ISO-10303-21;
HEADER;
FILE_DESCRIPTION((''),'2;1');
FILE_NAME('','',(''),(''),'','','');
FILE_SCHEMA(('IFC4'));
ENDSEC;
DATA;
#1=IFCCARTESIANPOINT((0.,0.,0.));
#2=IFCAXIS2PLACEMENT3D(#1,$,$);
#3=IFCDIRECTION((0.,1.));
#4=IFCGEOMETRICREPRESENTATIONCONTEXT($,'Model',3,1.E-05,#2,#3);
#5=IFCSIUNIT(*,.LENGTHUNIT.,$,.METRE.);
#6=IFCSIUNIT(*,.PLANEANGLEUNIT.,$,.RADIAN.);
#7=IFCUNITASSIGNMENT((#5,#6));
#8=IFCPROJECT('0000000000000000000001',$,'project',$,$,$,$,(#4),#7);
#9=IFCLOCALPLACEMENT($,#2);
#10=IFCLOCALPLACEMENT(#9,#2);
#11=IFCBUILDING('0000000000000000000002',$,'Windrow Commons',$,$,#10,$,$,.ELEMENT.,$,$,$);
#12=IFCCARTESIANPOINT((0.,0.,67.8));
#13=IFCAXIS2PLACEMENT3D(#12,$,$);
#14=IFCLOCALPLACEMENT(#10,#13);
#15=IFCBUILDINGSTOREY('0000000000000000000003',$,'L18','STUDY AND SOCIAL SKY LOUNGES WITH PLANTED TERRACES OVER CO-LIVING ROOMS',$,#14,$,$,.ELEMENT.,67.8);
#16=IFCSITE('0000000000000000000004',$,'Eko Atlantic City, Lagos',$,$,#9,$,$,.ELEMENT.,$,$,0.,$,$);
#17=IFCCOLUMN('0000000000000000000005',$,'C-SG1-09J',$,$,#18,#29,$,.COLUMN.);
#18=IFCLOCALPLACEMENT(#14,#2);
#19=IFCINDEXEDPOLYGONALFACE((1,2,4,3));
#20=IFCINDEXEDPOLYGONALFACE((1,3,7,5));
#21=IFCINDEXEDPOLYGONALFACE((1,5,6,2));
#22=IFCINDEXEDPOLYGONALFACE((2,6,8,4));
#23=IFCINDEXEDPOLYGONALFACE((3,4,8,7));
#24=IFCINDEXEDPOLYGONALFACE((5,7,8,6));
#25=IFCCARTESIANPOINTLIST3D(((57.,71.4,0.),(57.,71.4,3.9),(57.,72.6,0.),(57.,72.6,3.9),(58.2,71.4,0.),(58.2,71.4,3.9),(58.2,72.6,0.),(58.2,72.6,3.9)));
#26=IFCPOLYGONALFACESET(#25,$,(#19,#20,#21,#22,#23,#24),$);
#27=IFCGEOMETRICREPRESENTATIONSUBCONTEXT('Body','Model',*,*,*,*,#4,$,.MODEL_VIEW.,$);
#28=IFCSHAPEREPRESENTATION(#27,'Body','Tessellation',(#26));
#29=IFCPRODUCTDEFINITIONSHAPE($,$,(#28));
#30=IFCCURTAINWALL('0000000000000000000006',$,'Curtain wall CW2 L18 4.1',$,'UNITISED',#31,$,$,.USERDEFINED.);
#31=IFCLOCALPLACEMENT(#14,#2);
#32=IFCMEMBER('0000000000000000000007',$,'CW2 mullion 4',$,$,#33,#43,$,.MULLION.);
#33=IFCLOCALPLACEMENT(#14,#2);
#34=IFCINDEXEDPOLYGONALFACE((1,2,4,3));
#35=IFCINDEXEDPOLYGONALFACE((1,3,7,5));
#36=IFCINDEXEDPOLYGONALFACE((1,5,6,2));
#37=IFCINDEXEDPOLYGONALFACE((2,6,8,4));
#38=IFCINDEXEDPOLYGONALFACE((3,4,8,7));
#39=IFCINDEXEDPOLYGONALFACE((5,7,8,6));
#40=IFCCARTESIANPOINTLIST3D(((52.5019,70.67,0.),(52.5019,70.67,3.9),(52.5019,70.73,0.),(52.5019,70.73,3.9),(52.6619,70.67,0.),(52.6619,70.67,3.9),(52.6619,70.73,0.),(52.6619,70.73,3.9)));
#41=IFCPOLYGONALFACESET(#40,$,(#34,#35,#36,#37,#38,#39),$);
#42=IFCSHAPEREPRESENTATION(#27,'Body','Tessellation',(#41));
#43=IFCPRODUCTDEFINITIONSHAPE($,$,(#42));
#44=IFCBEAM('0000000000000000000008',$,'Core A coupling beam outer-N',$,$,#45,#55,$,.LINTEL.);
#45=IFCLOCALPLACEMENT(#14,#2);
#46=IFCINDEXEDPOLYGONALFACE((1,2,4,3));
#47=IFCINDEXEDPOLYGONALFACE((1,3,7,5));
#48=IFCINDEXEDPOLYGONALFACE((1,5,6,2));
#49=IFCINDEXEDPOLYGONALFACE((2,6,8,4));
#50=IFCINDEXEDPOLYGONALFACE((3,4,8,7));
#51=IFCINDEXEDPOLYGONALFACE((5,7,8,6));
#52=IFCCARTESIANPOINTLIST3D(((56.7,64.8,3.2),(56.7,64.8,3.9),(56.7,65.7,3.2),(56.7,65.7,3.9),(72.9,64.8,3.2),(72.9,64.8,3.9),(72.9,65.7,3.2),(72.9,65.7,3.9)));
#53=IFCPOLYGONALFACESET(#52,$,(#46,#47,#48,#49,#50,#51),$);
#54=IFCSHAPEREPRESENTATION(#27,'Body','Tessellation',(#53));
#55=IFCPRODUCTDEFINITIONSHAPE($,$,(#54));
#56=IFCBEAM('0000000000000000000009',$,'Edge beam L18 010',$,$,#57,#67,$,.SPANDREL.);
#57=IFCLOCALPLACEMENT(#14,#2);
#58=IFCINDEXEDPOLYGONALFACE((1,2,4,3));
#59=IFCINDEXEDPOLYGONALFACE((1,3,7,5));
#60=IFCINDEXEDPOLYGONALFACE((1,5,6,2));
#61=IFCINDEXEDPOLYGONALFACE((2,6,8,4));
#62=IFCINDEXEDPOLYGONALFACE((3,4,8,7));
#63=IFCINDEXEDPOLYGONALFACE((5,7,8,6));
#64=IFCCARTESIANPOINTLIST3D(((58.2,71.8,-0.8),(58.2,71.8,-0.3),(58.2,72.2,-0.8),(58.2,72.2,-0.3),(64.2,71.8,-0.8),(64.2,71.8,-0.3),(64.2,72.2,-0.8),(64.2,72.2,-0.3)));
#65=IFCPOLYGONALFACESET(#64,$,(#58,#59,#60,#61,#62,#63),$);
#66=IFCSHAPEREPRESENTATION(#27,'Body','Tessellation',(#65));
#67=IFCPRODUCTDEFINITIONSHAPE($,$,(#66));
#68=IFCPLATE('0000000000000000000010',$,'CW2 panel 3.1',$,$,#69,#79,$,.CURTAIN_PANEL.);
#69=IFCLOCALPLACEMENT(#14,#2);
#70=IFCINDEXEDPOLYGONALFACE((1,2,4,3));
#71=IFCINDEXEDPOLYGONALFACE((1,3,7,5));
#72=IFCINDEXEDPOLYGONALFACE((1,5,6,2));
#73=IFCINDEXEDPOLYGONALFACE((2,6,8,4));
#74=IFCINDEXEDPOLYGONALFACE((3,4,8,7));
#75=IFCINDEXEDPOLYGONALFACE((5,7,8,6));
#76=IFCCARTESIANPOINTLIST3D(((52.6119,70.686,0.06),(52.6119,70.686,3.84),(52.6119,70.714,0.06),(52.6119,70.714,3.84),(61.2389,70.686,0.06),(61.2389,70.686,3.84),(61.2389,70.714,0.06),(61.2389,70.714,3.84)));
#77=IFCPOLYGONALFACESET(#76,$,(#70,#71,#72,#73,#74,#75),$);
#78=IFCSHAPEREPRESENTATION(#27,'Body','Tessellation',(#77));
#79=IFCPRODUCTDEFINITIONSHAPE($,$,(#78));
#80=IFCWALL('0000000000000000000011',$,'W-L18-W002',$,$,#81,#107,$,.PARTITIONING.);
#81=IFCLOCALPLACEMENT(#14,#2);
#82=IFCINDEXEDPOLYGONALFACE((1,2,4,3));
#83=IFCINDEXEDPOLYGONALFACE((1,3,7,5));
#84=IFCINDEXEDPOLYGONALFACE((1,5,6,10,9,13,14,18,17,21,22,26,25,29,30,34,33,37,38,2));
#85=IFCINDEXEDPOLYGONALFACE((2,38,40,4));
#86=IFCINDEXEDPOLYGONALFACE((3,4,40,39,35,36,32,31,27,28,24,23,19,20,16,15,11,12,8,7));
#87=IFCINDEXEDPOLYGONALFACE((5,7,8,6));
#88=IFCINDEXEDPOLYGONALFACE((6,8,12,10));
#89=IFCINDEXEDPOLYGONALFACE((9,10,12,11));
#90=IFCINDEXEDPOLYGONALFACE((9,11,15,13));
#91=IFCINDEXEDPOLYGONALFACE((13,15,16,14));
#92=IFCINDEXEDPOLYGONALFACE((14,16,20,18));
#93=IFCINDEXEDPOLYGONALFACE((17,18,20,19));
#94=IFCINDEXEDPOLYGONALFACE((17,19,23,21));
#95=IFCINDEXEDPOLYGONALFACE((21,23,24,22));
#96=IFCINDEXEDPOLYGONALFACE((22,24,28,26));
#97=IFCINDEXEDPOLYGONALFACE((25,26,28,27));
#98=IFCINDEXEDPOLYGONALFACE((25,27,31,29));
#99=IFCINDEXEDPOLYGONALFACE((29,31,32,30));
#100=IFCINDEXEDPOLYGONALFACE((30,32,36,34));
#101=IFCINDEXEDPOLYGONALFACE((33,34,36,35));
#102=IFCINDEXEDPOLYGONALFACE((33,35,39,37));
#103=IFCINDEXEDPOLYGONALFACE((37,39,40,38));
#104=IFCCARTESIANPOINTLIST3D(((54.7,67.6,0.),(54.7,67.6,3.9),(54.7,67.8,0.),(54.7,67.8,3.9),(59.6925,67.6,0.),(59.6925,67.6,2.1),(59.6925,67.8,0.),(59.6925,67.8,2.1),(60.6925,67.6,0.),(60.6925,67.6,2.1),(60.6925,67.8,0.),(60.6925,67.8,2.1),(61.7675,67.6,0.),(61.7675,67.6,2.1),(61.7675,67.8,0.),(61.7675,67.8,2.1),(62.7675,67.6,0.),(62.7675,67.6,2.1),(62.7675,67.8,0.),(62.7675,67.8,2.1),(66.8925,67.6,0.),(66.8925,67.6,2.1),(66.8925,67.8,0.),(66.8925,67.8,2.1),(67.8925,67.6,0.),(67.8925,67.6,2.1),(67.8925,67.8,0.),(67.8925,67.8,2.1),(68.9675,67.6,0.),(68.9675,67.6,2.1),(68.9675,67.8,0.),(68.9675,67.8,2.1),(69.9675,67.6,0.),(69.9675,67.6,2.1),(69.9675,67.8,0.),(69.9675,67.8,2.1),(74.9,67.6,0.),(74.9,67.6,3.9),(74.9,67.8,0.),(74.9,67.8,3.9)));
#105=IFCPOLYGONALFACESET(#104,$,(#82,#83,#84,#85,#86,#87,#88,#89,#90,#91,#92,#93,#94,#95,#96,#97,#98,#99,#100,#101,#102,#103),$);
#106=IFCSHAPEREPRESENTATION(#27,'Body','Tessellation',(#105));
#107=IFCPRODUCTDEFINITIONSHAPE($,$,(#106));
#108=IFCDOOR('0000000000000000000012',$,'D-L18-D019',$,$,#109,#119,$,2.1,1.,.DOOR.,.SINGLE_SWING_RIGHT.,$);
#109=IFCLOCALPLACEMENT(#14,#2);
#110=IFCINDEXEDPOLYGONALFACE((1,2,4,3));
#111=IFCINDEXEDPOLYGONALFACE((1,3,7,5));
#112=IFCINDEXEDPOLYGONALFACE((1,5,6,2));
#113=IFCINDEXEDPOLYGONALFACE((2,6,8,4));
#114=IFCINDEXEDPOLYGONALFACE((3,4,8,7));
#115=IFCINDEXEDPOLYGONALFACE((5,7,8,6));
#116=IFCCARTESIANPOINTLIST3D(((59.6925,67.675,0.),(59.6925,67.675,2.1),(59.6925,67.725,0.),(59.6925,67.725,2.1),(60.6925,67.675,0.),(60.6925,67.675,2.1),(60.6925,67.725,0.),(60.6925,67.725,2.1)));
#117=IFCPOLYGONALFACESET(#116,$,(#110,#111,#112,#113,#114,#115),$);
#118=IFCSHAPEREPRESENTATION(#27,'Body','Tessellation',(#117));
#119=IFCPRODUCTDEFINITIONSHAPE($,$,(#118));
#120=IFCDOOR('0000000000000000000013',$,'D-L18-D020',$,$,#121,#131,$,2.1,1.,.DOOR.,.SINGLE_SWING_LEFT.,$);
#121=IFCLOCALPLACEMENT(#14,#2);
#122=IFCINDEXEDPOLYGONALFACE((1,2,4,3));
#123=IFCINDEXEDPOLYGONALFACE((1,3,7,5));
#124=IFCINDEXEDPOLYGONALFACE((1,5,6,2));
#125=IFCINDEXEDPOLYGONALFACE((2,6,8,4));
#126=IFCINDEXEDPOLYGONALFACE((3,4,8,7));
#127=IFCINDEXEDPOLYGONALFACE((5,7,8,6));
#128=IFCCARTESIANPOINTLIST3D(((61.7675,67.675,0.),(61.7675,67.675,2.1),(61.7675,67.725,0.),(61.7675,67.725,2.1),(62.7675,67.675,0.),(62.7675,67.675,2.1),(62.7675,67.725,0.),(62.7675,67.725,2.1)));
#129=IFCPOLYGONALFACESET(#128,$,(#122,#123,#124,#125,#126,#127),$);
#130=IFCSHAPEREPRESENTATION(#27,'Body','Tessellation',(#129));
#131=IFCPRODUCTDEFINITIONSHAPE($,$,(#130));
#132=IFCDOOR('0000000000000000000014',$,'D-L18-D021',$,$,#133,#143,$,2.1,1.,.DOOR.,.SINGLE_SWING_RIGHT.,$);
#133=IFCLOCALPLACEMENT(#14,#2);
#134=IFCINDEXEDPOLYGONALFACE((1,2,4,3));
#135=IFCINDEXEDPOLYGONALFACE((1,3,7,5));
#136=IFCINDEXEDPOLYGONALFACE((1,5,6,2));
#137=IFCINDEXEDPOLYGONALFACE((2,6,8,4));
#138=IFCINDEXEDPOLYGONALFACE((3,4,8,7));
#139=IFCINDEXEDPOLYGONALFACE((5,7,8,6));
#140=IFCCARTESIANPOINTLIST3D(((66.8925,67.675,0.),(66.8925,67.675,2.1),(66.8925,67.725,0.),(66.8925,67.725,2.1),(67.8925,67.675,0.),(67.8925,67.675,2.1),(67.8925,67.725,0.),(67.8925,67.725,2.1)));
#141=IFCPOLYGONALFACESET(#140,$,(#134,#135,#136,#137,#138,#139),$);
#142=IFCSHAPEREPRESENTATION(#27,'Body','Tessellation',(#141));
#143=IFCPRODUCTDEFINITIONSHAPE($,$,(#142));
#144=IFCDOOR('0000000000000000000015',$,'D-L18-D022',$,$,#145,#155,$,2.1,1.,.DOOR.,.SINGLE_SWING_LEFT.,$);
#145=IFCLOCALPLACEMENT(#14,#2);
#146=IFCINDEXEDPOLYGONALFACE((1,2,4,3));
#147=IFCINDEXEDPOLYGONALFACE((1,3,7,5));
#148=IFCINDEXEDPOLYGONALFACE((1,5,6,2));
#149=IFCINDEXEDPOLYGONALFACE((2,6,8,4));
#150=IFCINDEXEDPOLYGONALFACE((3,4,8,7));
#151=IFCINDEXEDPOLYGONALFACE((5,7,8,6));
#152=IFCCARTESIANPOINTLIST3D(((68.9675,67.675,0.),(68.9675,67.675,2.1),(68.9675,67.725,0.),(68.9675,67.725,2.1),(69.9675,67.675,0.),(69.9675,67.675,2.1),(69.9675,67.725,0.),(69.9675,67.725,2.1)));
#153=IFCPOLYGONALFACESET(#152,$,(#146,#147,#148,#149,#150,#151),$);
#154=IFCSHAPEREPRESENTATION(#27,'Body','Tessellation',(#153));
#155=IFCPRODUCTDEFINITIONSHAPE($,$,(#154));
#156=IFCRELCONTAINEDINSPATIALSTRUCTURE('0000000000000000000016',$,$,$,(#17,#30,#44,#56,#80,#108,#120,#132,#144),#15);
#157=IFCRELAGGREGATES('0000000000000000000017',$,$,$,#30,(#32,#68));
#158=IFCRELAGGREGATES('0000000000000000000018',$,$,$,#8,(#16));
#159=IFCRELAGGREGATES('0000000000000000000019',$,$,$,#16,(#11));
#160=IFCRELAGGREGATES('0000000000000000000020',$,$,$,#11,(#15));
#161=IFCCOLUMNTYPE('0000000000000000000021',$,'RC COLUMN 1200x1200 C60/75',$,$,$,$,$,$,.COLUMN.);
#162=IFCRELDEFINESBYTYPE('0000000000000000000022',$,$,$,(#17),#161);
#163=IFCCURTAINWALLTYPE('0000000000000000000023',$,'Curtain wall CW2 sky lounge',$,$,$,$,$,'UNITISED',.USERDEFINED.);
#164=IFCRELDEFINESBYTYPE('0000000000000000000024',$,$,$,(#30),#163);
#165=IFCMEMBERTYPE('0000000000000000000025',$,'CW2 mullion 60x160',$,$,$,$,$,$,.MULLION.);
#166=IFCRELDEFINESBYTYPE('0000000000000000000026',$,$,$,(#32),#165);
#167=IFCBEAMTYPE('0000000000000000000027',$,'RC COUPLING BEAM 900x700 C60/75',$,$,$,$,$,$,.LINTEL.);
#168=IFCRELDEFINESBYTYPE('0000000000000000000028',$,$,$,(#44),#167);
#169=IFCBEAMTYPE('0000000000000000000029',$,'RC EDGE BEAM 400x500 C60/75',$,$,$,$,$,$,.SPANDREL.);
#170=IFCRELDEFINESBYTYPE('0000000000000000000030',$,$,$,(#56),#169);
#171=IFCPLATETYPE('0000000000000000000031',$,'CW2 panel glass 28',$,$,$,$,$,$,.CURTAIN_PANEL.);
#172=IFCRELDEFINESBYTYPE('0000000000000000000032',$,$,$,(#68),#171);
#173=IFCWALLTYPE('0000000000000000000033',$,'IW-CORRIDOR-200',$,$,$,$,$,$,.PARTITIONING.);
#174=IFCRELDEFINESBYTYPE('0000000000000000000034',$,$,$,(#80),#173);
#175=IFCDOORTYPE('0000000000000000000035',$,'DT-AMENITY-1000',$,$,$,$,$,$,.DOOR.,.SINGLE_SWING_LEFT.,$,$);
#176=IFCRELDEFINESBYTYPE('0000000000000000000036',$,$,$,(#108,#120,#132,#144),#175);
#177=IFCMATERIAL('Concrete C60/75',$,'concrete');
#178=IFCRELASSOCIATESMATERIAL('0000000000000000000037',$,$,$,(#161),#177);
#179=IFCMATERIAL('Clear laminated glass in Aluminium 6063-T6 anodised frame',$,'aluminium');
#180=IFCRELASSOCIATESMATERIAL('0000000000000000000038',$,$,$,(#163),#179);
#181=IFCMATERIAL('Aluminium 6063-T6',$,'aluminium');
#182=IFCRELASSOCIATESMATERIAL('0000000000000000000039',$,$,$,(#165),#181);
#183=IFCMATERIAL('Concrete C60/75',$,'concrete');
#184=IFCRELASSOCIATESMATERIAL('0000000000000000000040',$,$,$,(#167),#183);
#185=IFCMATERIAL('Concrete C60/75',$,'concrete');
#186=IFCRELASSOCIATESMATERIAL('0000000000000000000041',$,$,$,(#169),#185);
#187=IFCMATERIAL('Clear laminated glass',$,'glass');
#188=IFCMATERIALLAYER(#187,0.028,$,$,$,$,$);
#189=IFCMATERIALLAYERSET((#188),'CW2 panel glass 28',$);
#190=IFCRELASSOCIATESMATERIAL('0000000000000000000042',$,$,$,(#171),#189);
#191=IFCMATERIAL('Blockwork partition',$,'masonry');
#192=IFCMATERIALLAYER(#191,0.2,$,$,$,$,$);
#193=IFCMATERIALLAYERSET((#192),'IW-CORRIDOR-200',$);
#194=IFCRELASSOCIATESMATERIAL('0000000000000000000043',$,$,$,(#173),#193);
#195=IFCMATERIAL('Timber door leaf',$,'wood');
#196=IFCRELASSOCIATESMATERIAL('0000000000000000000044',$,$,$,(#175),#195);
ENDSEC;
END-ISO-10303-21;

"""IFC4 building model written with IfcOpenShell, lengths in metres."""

from ifc_helpers import new_model, si_unit, direction, frame, frame_2d, origin, origin_2d, place, context, subcontext, project, spatial, rectangle, extrude, material, layer, layer_set, material_profile, profile_set, type_object, element, fill, aggregate, save


model = new_model("IFC4")

# Units and contexts
model_context = context("Model", 3, precision=1e-05, world=origin(), true_north=direction((0.0, 1.0)))
body_context = subcontext(model_context, "Body", "Model", "MODEL_VIEW")
ifc_project = project(units=[si_unit("LENGTHUNIT", "METRE"), si_unit("PLANEANGLEUNIT", "RADIAN")], contexts=[model_context])

# Site, building, storey
site_placement = place(None, origin())
site = spatial("IfcSite", under=ifc_project, at=site_placement, Name="Eko Atlantic City, Lagos", CompositionType="ELEMENT", RefElevation=0.0)
building_placement = place(site_placement, origin())
building = spatial("IfcBuilding", under=site, at=building_placement, Name="Windrow Commons", CompositionType="ELEMENT")
storey_placement = place(building_placement, frame((0.0, 0.0, 67.8)))
storey = spatial("IfcBuildingStorey", under=building, at=storey_placement, Name="L18", Description="STUDY AND SOCIAL SKY LOUNGES WITH PLANTED TERRACES OVER CO-LIVING ROOMS", CompositionType="ELEMENT", Elevation=67.8)

# Column
ifc_material_1 = material(Name="Concrete C60/75", Category="concrete")
ifc_material_profile_1 = material_profile(ifc_material_1, rectangle(XDim=1.2, YDim=1.2, at=origin_2d()))
ifc_profile_set_1 = profile_set([ifc_material_profile_1], Name="Concrete C60/75")
column_type = type_object("IfcColumnType", Name="RC COLUMN 1200x1200 C60/75", PredefinedType="COLUMN", material=ifc_profile_set_1)
column_placement = place(storey_placement, frame((57.6, 72.0, 0.0), z_axis=(0.0, 0.0, 1.0), x_axis=(1.0, 0.0, 0.0)))
element("IfcColumn", 1, at=column_placement, inside=storey, type_object=column_type, Name="C-SG1-09J", PredefinedType="COLUMN", context=body_context, shape_type="SweptSolid", body=[
    extrude(rectangle(XDim=1.2, YDim=1.2, at=origin_2d()), origin(), (0.0, 0.0, 1.0), 3.9),
])

# Curtain wall, member
ifc_material_2 = material(Name="Clear laminated glass in Aluminium 6063-T6 anodised frame", Category="aluminium")
curtain_wall_type = type_object("IfcCurtainWallType", Name="Curtain wall CW2 sky lounge", ElementType="UNITISED", PredefinedType="USERDEFINED", material=ifc_material_2)
curtain_wall_placement = place(storey_placement, origin())
curtain_wall = element("IfcCurtainWall", 2, at=curtain_wall_placement, inside=storey, type_object=curtain_wall_type, Name="Curtain wall CW2 L18 4.1", ObjectType="UNITISED", PredefinedType="USERDEFINED")
ifc_material_3 = material(Name="Aluminium 6063-T6", Category="aluminium")
ifc_material_profile_2 = material_profile(ifc_material_3, rectangle(XDim=0.06, YDim=0.16, at=origin_2d()))
ifc_profile_set_2 = profile_set([ifc_material_profile_2], Name="Aluminium 6063-T6")
member_type = type_object("IfcMemberType", Name="CW2 mullion 60x160", PredefinedType="MULLION", material=ifc_profile_set_2)
member_placement = place(storey_placement, frame((52.5819, 70.7, 0.0), z_axis=(0.0, 0.0, 1.0), x_axis=(0.0, -1.0, 0.0)))
member = element("IfcMember", 3, at=member_placement, type_object=member_type, Name="CW2 mullion 4", PredefinedType="MULLION", context=body_context, shape_type="SweptSolid", body=[
    extrude(rectangle(XDim=0.06, YDim=0.16, at=origin_2d()), origin(), (0.0, 0.0, 1.0), 3.9),
])

# Beams
ifc_material_4 = material(Name="Concrete C60/75", Category="concrete")
ifc_material_profile_3 = material_profile(ifc_material_4, rectangle(XDim=0.9, YDim=0.7, at=origin_2d()))
ifc_profile_set_3 = profile_set([ifc_material_profile_3], Name="Concrete C60/75")
beam_type_1 = type_object("IfcBeamType", Name="RC COUPLING BEAM 900x700 C60/75", PredefinedType="LINTEL", material=ifc_profile_set_3)
beam_1_placement = place(storey_placement, frame((56.7, 65.25, 3.55), z_axis=(1.0, 0.0, 0.0), x_axis=(0.0, 1.0, 0.0)))
element("IfcBeam", 4, at=beam_1_placement, inside=storey, type_object=beam_type_1, Name="Core A coupling beam outer-N", PredefinedType="LINTEL", context=body_context, shape_type="SweptSolid", body=[
    extrude(rectangle(XDim=0.9, YDim=0.7, at=origin_2d()), origin(), (0.0, 0.0, 1.0), 16.2),
])
ifc_material_5 = material(Name="Concrete C60/75", Category="concrete")
ifc_material_profile_4 = material_profile(ifc_material_5, rectangle(XDim=0.4, YDim=0.5, at=origin_2d()))
ifc_profile_set_4 = profile_set([ifc_material_profile_4], Name="Concrete C60/75")
beam_type_2 = type_object("IfcBeamType", Name="RC EDGE BEAM 400x500 C60/75", PredefinedType="SPANDREL", material=ifc_profile_set_4)
beam_2_placement = place(storey_placement, frame((58.2, 72.0, -0.55), z_axis=(1.0, 0.0, 0.0), x_axis=(0.0, 1.0, 0.0)))
element("IfcBeam", 5, at=beam_2_placement, inside=storey, type_object=beam_type_2, Name="Edge beam L18 010", PredefinedType="SPANDREL", context=body_context, shape_type="SweptSolid", body=[
    extrude(rectangle(XDim=0.4, YDim=0.5, at=origin_2d()), origin(), (0.0, 0.0, 1.0), 6.0),
])

# Plate
ifc_material_6 = material(Name="Clear laminated glass", Category="glass")
ifc_layer_1 = layer(ifc_material_6, 0.028)
ifc_layer_set_1 = layer_set([ifc_layer_1], Name="CW2 panel glass 28")
plate_type = type_object("IfcPlateType", Name="CW2 panel glass 28", PredefinedType="CURTAIN_PANEL", material=ifc_layer_set_1)
plate_placement = place(storey_placement, frame((56.9254, 70.7, 0.06), z_axis=(0.0, 0.0, 1.0), x_axis=(-1.0, 0.0, 0.0)))
plate = element("IfcPlate", 6, at=plate_placement, type_object=plate_type, Name="CW2 panel 3.1", PredefinedType="CURTAIN_PANEL", context=body_context, shape_type="SweptSolid", body=[
    extrude(rectangle(XDim=8.627, YDim=0.028, at=origin_2d()), origin(), (0.0, 0.0, 1.0), 3.78),
])
aggregate(curtain_wall, [member, plate])

# Wall, openings, doors
ifc_material_7 = material(Name="Blockwork partition", Category="masonry")
ifc_layer_2 = layer(ifc_material_7, 0.2)
ifc_layer_set_2 = layer_set([ifc_layer_2], Name="IW-CORRIDOR-200")
wall_type_1 = type_object("IfcWallType", Name="IW-CORRIDOR-200", PredefinedType="PARTITIONING", material=ifc_layer_set_2)
wall_1_placement = place(storey_placement, frame((54.7, 67.7, 0.0), z_axis=(0.0, 0.0, 1.0), x_axis=(1.0, 0.0, 0.0)))
wall_1 = element("IfcWall", 7, at=wall_1_placement, inside=storey, type_object=wall_type_1, Name="W-L18-W002", PredefinedType="PARTITIONING", context=body_context, shape_type="SweptSolid", body=[
    extrude(rectangle(XDim=20.2, YDim=0.2, at=frame_2d((10.1, 0.0))), origin(), (0.0, 0.0, 1.0), 3.9),
])
opening_1_placement = place(wall_1_placement, frame((4.9925, 0.0, 0.0)))
opening_1 = element("IfcOpeningElement", 8, at=opening_1_placement, cuts=wall_1, PredefinedType="OPENING", context=body_context, shape_type="SweptSolid", body=[
    extrude(rectangle(XDim=1.0, YDim=2.1, at=frame_2d((0.5, 1.05))), frame((0.0, 0.11, 0.0), z_axis=(0.0, -1.0, 0.0), x_axis=(1.0, 0.0, 0.0)), (0.0, 0.0, 1.0), 0.22),
])
opening_2_placement = place(wall_1_placement, frame((7.0675, 0.0, 0.0)))
opening_2 = element("IfcOpeningElement", 9, at=opening_2_placement, cuts=wall_1, PredefinedType="OPENING", context=body_context, shape_type="SweptSolid", body=[
    extrude(rectangle(XDim=1.0, YDim=2.1, at=frame_2d((0.5, 1.05))), frame((0.0, 0.11, 0.0), z_axis=(0.0, -1.0, 0.0), x_axis=(1.0, 0.0, 0.0)), (0.0, 0.0, 1.0), 0.22),
])
opening_3_placement = place(wall_1_placement, frame((12.1925, 0.0, 0.0)))
opening_3 = element("IfcOpeningElement", 10, at=opening_3_placement, cuts=wall_1, PredefinedType="OPENING", context=body_context, shape_type="SweptSolid", body=[
    extrude(rectangle(XDim=1.0, YDim=2.1, at=frame_2d((0.5, 1.05))), frame((0.0, 0.11, 0.0), z_axis=(0.0, -1.0, 0.0), x_axis=(1.0, 0.0, 0.0)), (0.0, 0.0, 1.0), 0.22),
])
opening_4_placement = place(wall_1_placement, frame((14.2675, 0.0, 0.0)))
opening_4 = element("IfcOpeningElement", 11, at=opening_4_placement, cuts=wall_1, PredefinedType="OPENING", context=body_context, shape_type="SweptSolid", body=[
    extrude(rectangle(XDim=1.0, YDim=2.1, at=frame_2d((0.5, 1.05))), frame((0.0, 0.11, 0.0), z_axis=(0.0, -1.0, 0.0), x_axis=(1.0, 0.0, 0.0)), (0.0, 0.0, 1.0), 0.22),
])
ifc_material_8 = material(Name="Timber door leaf", Category="wood")
door_type_1 = type_object("IfcDoorType", Name="DT-AMENITY-1000", OperationType="SINGLE_SWING_LEFT", PredefinedType="DOOR", material=ifc_material_8)
door_1_placement = place(opening_1_placement, origin())
door_1 = element("IfcDoor", 12, at=door_1_placement, inside=storey, type_object=door_type_1, Name="D-L18-D019", OperationType="SINGLE_SWING_RIGHT", OverallHeight=2.1, OverallWidth=1.0, PredefinedType="DOOR", context=body_context, shape_type="SweptSolid", body=[
    extrude(rectangle(XDim=1.0, YDim=2.1, at=frame_2d((0.5, 1.05))), frame((0.0, 0.025, 0.0), z_axis=(0.0, -1.0, 0.0), x_axis=(1.0, 0.0, 0.0)), (0.0, 0.0, 1.0), 0.05),
])
fill(opening_1, door_1)
door_2_placement = place(opening_2_placement, origin())
door_2 = element("IfcDoor", 13, at=door_2_placement, inside=storey, type_object=door_type_1, Name="D-L18-D020", OperationType="SINGLE_SWING_LEFT", OverallHeight=2.1, OverallWidth=1.0, PredefinedType="DOOR", context=body_context, shape_type="SweptSolid", body=[
    extrude(rectangle(XDim=1.0, YDim=2.1, at=frame_2d((0.5, 1.05))), frame((0.0, 0.025, 0.0), z_axis=(0.0, -1.0, 0.0), x_axis=(1.0, 0.0, 0.0)), (0.0, 0.0, 1.0), 0.05),
])
fill(opening_2, door_2)
door_3_placement = place(opening_3_placement, origin())
door_3 = element("IfcDoor", 14, at=door_3_placement, inside=storey, type_object=door_type_1, Name="D-L18-D021", OperationType="SINGLE_SWING_RIGHT", OverallHeight=2.1, OverallWidth=1.0, PredefinedType="DOOR", context=body_context, shape_type="SweptSolid", body=[
    extrude(rectangle(XDim=1.0, YDim=2.1, at=frame_2d((0.5, 1.05))), frame((0.0, 0.025, 0.0), z_axis=(0.0, -1.0, 0.0), x_axis=(1.0, 0.0, 0.0)), (0.0, 0.0, 1.0), 0.05),
])
fill(opening_3, door_3)
door_4_placement = place(opening_4_placement, origin())
door_4 = element("IfcDoor", 15, at=door_4_placement, inside=storey, type_object=door_type_1, Name="D-L18-D022", OperationType="SINGLE_SWING_LEFT", OverallHeight=2.1, OverallWidth=1.0, PredefinedType="DOOR", context=body_context, shape_type="SweptSolid", body=[
    extrude(rectangle(XDim=1.0, YDim=2.1, at=frame_2d((0.5, 1.05))), frame((0.0, 0.025, 0.0), z_axis=(0.0, -1.0, 0.0), x_axis=(1.0, 0.0, 0.0)), (0.0, 0.0, 1.0), 0.05),
])
fill(opening_4, door_4)

save(model, "model.ifc")
